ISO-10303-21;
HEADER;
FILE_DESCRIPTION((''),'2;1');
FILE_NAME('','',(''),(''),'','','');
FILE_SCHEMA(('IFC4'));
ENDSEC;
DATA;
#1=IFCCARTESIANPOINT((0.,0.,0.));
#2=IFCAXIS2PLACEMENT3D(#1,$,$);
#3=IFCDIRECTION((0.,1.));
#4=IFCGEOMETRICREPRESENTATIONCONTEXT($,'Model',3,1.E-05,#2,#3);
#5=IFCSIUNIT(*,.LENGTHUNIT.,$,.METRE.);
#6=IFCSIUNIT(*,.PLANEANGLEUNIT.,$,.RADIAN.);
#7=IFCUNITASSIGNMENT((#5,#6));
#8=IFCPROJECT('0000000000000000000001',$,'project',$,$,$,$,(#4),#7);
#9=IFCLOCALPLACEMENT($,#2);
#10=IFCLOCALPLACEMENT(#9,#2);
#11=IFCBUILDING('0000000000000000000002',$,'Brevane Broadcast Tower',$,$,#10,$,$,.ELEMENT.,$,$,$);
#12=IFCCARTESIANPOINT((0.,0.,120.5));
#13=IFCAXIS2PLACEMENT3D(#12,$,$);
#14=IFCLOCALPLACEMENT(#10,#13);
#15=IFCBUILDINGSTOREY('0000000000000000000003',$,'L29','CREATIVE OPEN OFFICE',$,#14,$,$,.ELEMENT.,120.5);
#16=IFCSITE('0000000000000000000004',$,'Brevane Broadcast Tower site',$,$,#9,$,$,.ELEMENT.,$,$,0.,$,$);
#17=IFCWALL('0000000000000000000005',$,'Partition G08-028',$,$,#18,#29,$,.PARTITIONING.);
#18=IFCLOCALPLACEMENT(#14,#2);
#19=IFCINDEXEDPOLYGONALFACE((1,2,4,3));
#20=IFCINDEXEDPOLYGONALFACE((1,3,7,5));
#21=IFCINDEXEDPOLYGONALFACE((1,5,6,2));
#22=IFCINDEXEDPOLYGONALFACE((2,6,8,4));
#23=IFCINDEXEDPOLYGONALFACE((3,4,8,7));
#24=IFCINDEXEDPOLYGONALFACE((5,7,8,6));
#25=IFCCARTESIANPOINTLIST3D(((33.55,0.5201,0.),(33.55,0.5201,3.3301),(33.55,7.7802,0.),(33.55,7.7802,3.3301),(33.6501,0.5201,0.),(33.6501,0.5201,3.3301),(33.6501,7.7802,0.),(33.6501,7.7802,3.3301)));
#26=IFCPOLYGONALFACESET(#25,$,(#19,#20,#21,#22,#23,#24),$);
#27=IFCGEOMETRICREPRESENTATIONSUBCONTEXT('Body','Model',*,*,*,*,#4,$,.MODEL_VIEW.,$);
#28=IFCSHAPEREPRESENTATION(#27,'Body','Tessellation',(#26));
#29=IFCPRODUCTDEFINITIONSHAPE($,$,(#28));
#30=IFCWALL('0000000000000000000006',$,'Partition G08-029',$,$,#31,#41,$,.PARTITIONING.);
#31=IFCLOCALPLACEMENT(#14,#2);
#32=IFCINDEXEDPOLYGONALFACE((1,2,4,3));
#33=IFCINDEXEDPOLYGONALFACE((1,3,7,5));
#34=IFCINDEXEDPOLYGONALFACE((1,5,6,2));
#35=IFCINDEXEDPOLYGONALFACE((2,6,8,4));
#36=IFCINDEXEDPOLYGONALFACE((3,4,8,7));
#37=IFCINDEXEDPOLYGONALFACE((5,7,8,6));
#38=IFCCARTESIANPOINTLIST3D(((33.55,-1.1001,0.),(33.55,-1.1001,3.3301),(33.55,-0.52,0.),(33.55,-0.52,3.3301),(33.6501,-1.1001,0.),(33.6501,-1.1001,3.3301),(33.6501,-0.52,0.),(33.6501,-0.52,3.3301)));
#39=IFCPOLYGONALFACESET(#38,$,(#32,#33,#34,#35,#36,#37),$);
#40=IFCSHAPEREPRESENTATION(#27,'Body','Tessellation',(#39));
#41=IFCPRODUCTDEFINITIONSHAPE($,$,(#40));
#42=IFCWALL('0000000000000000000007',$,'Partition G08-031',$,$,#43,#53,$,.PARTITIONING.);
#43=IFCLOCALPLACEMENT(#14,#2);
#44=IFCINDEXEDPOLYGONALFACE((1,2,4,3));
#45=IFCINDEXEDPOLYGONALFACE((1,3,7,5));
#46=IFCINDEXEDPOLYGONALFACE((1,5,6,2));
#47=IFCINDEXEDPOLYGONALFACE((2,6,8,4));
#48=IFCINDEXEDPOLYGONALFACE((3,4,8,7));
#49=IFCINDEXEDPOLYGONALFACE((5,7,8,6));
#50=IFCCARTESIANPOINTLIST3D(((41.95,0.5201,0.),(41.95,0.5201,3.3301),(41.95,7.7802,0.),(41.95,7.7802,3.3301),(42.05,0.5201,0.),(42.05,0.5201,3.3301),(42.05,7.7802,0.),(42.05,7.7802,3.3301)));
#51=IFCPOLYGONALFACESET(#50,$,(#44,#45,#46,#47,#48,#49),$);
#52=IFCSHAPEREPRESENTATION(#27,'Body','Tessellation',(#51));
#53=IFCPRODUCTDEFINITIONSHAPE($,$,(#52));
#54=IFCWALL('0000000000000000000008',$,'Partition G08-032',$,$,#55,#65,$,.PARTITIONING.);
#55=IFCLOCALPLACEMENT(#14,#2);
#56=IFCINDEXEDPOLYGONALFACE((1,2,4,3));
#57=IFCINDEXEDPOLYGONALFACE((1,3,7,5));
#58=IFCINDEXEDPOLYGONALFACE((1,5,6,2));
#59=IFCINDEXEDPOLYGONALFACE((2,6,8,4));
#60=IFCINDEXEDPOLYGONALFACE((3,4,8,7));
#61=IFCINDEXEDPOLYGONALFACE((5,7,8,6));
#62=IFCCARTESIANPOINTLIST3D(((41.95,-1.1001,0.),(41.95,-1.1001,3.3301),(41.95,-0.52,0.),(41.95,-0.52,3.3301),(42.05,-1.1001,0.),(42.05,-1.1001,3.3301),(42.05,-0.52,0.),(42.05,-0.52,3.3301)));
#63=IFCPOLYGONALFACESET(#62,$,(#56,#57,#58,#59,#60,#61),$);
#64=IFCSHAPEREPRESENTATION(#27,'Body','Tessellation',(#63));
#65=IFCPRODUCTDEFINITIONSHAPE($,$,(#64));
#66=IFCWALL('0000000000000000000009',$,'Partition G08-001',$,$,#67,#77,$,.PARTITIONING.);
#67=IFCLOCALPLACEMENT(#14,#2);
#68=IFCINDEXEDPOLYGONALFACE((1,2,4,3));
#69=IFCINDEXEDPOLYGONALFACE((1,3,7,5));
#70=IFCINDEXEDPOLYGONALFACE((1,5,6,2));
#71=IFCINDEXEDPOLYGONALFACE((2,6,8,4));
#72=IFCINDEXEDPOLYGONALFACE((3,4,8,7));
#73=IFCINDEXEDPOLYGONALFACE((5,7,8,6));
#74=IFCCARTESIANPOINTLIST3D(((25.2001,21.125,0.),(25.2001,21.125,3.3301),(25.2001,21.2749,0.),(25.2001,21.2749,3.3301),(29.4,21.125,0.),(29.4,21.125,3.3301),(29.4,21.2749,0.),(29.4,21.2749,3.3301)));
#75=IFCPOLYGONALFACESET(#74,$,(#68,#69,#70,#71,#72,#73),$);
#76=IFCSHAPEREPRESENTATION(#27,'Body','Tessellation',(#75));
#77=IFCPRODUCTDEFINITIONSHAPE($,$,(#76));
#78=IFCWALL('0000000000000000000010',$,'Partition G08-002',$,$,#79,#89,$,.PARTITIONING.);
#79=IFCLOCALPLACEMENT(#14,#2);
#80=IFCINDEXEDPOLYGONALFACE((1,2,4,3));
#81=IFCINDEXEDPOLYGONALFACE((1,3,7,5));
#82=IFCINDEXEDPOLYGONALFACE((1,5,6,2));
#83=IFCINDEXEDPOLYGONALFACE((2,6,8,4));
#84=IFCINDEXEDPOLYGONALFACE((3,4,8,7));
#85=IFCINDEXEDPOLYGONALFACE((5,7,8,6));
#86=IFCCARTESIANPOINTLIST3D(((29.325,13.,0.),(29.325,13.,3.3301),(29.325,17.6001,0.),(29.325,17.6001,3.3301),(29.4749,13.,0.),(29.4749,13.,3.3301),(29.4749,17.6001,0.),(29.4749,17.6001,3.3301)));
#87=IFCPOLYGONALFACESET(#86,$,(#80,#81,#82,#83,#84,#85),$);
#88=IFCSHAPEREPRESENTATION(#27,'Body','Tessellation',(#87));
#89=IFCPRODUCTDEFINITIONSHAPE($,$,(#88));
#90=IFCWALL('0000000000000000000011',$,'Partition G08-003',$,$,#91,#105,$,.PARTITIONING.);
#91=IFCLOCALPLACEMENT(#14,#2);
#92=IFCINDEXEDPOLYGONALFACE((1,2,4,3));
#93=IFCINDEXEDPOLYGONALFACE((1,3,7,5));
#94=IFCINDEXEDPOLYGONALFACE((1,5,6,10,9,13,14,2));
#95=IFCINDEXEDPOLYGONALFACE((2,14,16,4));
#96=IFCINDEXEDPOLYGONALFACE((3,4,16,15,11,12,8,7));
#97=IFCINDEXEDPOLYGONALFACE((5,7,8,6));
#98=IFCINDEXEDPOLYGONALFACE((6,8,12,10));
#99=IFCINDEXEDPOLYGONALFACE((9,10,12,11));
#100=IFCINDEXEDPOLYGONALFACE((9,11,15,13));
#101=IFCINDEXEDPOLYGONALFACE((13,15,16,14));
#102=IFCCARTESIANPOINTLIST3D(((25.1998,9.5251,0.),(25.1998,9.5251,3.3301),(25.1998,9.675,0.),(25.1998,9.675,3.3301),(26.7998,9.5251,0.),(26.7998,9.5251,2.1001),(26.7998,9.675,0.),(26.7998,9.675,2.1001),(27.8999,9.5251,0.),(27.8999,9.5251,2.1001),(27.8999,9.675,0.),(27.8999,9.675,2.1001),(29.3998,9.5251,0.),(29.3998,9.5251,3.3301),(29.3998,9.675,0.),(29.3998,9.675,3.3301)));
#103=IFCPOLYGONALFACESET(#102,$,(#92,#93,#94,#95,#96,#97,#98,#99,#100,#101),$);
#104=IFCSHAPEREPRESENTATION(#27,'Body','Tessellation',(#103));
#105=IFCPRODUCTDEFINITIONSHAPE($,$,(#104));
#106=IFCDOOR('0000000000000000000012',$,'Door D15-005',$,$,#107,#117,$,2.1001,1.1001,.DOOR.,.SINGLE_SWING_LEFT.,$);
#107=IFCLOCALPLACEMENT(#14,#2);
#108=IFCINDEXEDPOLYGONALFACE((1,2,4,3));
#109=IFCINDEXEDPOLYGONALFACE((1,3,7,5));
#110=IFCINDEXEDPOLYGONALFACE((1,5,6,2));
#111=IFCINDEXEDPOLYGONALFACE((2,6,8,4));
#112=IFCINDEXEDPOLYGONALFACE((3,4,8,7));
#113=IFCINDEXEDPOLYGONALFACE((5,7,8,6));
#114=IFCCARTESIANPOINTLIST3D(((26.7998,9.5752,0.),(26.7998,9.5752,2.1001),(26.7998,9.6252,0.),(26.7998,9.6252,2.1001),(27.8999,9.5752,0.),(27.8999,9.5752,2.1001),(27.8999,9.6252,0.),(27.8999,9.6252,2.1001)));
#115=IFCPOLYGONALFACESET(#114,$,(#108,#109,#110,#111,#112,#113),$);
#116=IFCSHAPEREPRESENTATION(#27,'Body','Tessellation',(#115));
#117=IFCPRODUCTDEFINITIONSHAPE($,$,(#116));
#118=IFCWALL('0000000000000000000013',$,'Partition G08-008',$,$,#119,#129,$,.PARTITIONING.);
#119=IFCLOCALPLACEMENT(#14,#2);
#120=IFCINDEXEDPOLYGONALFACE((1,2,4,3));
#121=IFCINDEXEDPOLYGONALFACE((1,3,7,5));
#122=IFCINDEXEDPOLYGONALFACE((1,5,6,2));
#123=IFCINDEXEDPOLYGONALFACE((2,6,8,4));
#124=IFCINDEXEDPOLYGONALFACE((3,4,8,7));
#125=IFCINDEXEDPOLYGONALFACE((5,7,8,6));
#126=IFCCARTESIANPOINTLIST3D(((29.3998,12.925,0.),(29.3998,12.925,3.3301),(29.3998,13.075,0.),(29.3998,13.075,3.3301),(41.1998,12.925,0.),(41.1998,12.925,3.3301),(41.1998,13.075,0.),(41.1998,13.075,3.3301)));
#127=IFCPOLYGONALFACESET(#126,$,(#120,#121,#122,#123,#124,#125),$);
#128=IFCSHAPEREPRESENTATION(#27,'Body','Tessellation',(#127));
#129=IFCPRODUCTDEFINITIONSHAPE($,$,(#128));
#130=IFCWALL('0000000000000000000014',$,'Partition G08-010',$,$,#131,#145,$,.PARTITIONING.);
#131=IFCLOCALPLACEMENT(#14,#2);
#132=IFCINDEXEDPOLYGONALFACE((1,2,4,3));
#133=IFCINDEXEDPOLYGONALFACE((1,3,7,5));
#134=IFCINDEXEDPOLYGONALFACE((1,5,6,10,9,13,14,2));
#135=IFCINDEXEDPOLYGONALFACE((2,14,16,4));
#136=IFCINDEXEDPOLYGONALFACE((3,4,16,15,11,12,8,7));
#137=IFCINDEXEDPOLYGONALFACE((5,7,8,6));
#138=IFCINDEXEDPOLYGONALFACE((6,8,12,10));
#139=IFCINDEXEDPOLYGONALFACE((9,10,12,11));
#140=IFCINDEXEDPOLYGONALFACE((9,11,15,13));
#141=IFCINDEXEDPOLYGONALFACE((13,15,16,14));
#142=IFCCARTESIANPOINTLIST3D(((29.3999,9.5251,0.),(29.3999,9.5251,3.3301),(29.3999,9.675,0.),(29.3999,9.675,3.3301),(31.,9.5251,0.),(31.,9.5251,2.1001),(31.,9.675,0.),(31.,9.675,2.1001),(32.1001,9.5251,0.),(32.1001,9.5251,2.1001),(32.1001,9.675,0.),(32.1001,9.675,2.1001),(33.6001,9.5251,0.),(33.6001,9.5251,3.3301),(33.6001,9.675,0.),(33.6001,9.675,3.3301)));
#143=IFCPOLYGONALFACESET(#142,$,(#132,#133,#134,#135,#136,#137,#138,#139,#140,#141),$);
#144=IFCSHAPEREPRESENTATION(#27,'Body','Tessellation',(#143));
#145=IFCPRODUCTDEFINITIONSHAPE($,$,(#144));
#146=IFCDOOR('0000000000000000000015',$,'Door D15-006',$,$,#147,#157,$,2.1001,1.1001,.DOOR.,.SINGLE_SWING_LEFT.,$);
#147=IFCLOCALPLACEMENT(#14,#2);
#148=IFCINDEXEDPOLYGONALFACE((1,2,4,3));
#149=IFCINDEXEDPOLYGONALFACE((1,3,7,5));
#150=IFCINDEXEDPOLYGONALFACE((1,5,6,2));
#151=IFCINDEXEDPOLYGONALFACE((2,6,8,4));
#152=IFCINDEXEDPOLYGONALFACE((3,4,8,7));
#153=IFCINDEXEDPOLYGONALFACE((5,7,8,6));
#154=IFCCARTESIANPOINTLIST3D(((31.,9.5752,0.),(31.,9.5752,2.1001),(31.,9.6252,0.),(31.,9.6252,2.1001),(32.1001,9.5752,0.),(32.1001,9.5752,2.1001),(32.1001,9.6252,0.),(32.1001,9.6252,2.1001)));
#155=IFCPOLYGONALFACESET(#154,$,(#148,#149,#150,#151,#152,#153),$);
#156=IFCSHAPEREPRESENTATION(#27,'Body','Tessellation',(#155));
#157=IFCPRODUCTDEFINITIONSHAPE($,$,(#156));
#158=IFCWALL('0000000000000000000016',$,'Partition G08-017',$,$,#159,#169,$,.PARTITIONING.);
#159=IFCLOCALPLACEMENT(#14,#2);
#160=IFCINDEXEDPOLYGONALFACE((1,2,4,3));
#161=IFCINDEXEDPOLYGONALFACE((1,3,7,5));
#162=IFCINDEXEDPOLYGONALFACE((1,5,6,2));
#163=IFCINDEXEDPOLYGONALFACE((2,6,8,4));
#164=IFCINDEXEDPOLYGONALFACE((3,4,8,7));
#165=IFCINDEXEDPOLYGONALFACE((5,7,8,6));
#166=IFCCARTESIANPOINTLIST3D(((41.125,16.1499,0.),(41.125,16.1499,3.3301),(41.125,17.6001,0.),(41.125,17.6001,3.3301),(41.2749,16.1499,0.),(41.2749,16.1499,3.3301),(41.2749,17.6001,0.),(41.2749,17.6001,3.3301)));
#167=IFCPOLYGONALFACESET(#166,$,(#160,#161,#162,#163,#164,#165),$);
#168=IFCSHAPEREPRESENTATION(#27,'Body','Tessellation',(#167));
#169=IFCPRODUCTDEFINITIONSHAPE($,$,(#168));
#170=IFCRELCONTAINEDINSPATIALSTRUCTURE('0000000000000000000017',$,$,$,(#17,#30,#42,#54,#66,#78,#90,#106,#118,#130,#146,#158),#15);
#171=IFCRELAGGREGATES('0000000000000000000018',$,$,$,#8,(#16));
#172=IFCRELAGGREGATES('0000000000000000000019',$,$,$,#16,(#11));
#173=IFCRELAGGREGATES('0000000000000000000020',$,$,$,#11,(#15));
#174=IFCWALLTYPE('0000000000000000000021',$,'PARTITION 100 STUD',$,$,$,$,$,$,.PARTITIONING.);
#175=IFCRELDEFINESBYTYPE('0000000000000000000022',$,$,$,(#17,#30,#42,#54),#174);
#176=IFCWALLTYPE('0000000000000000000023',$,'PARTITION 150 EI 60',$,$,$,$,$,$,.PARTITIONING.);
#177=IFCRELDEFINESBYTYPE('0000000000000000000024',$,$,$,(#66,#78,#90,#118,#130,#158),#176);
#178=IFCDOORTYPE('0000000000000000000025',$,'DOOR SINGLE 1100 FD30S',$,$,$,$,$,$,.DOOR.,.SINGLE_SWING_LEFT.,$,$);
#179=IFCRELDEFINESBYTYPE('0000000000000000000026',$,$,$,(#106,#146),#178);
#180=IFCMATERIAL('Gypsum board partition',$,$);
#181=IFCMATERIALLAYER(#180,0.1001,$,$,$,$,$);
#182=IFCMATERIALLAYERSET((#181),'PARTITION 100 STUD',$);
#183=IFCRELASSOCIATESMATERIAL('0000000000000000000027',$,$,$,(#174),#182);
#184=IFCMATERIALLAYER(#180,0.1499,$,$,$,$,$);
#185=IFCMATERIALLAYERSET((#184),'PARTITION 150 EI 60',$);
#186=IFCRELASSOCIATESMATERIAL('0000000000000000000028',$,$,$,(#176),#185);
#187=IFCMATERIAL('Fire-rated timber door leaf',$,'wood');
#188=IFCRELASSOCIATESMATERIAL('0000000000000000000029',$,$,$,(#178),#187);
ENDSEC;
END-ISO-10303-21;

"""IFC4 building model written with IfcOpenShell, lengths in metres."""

from ifc_helpers import new_model, si_unit, direction, frame, frame_2d, origin, place, context, subcontext, project, spatial, rectangle, extrude, material, layer, layer_set, type_object, element, fill, save


model = new_model("IFC4")

# Units and contexts
model_context = context("Model", 3, precision=1e-05, world=origin(), true_north=direction((0.0, 1.0)))
body_context = subcontext(model_context, "Body", "Model", "MODEL_VIEW")
ifc_project = project(units=[si_unit("LENGTHUNIT", "METRE"), si_unit("PLANEANGLEUNIT", "RADIAN")], contexts=[model_context])

# Site, building, storey
site_placement = place(None, origin())
site = spatial("IfcSite", under=ifc_project, at=site_placement, Name="Brevane Broadcast Tower site", CompositionType="ELEMENT", RefElevation=0.0)
building_placement = place(site_placement, origin())
building = spatial("IfcBuilding", under=site, at=building_placement, Name="Brevane Broadcast Tower", CompositionType="ELEMENT")
storey_placement = place(building_placement, frame((0.0, 0.0, 120.5)))
storey = spatial("IfcBuildingStorey", under=building, at=storey_placement, Name="L29", Description="CREATIVE OPEN OFFICE", CompositionType="ELEMENT", Elevation=120.5)

# Walls
ifc_material_1 = material(Name="Gypsum board partition")
ifc_layer_1 = layer(ifc_material_1, 0.1001)
ifc_layer_set_1 = layer_set([ifc_layer_1], Name="PARTITION 100 STUD")
wall_type_1 = type_object("IfcWallType", Name="PARTITION 100 STUD", PredefinedType="PARTITIONING", material=ifc_layer_set_1)
wall_1_placement = place(storey_placement, frame((33.6001, 7.78, 0.0), z_axis=(0.0, 0.0, 1.0), x_axis=(0.0, -1.0, 0.0)))
element("IfcWall", 1, at=wall_1_placement, inside=storey, type_object=wall_type_1, Name="Partition G08-028", PredefinedType="PARTITIONING", context=body_context, shape_type="SweptSolid", body=[
    extrude(rectangle(XDim=7.26, YDim=0.1001, at=frame_2d((3.6299, 0.0))), origin(), (0.0, 0.0, 1.0), 3.3301),
])
wall_2_placement = place(storey_placement, frame((33.6001, -0.52, 0.0), z_axis=(0.0, 0.0, 1.0), x_axis=(0.0, -1.0, 0.0)))
element("IfcWall", 2, at=wall_2_placement, inside=storey, type_object=wall_type_1, Name="Partition G08-029", PredefinedType="PARTITIONING", context=body_context, shape_type="SweptSolid", body=[
    extrude(rectangle(XDim=0.5801, YDim=0.1001, at=frame_2d((0.29, 0.0))), origin(), (0.0, 0.0, 1.0), 3.3301),
])
wall_3_placement = place(storey_placement, frame((42.0, 7.78, 0.0), z_axis=(0.0, 0.0, 1.0), x_axis=(0.0, -1.0, 0.0)))
element("IfcWall", 3, at=wall_3_placement, inside=storey, type_object=wall_type_1, Name="Partition G08-031", PredefinedType="PARTITIONING", context=body_context, shape_type="SweptSolid", body=[
    extrude(rectangle(XDim=7.26, YDim=0.1001, at=frame_2d((3.6299, 0.0))), origin(), (0.0, 0.0, 1.0), 3.3301),
])
wall_4_placement = place(storey_placement, frame((42.0, -0.52, 0.0), z_axis=(0.0, 0.0, 1.0), x_axis=(0.0, -1.0, 0.0)))
element("IfcWall", 4, at=wall_4_placement, inside=storey, type_object=wall_type_1, Name="Partition G08-032", PredefinedType="PARTITIONING", context=body_context, shape_type="SweptSolid", body=[
    extrude(rectangle(XDim=0.5801, YDim=0.1001, at=frame_2d((0.29, 0.0))), origin(), (0.0, 0.0, 1.0), 3.3301),
])
ifc_layer_2 = layer(ifc_material_1, 0.1499)
ifc_layer_set_2 = layer_set([ifc_layer_2], Name="PARTITION 150 EI 60")
wall_type_2 = type_object("IfcWallType", Name="PARTITION 150 EI 60", PredefinedType="PARTITIONING", material=ifc_layer_set_2)
wall_5_placement = place(storey_placement, frame((25.2, 21.2, 0.0), z_axis=(0.0, 0.0, 1.0), x_axis=(1.0, 0.0, 0.0)))
element("IfcWall", 5, at=wall_5_placement, inside=storey, type_object=wall_type_2, Name="Partition G08-001", PredefinedType="PARTITIONING", context=body_context, shape_type="SweptSolid", body=[
    extrude(rectangle(XDim=4.2, YDim=0.1499, at=frame_2d((2.1001, 0.0))), origin(), (0.0, 0.0, 1.0), 3.3301),
])
wall_6_placement = place(storey_placement, frame((29.3999, 17.6001, 0.0), z_axis=(0.0, 0.0, 1.0), x_axis=(0.0, -1.0, 0.0)))
element("IfcWall", 6, at=wall_6_placement, inside=storey, type_object=wall_type_2, Name="Partition G08-002", PredefinedType="PARTITIONING", context=body_context, shape_type="SweptSolid", body=[
    extrude(rectangle(XDim=4.6001, YDim=0.1499, at=frame_2d((2.3, 0.0))), origin(), (0.0, 0.0, 1.0), 3.3301),
])

# Wall, opening, door
wall_7_placement = place(storey_placement, frame((29.3999, 9.6001, 0.0), z_axis=(0.0, 0.0, 1.0), x_axis=(-1.0, 0.0, 0.0)))
wall_7 = element("IfcWall", 7, at=wall_7_placement, inside=storey, type_object=wall_type_2, Name="Partition G08-003", PredefinedType="PARTITIONING", context=body_context, shape_type="SweptSolid", body=[
    extrude(rectangle(XDim=4.2, YDim=0.1499, at=frame_2d((2.1001, 0.0))), origin(), (0.0, 0.0, 1.0), 3.3301),
])
opening_1_placement = place(wall_7_placement, frame((1.5, 0.0, 0.0)))
opening_1 = element("IfcOpeningElement", 8, at=opening_1_placement, cuts=wall_7, PredefinedType="OPENING", context=body_context, shape_type="SweptSolid", body=[
    extrude(rectangle(XDim=1.1001, YDim=2.1001, at=frame_2d((0.55, 1.05))), frame((0.0, 0.085, 0.0), z_axis=(0.0, -1.0, 0.0), x_axis=(1.0, 0.0, 0.0)), (0.0, 0.0, 1.0), 0.1699),
])
ifc_material_2 = material(Name="Fire-rated timber door leaf", Category="wood")
door_type_1 = type_object("IfcDoorType", Name="DOOR SINGLE 1100 FD30S", OperationType="SINGLE_SWING_LEFT", PredefinedType="DOOR", material=ifc_material_2)
door_1_placement = place(opening_1_placement, origin())
door_1 = element("IfcDoor", 9, at=door_1_placement, inside=storey, type_object=door_type_1, Name="Door D15-005", OperationType="SINGLE_SWING_LEFT", OverallHeight=2.1001, OverallWidth=1.1001, PredefinedType="DOOR", context=body_context, shape_type="SweptSolid", body=[
    extrude(rectangle(XDim=1.1001, YDim=2.1001, at=frame_2d((0.55, 1.05))), frame((0.0, 0.0249, 0.0), z_axis=(0.0, -1.0, 0.0), x_axis=(1.0, 0.0, 0.0)), (0.0, 0.0, 1.0), 0.05),
])
fill(opening_1, door_1)

# Wall
wall_8_placement = place(storey_placement, frame((29.3999, 13.0, 0.0), z_axis=(0.0, 0.0, 1.0), x_axis=(1.0, 0.0, 0.0)))
element("IfcWall", 10, at=wall_8_placement, inside=storey, type_object=wall_type_2, Name="Partition G08-008", PredefinedType="PARTITIONING", context=body_context, shape_type="SweptSolid", body=[
    extrude(rectangle(XDim=11.8, YDim=0.1499, at=frame_2d((5.8999, 0.0))), origin(), (0.0, 0.0, 1.0), 3.3301),
])

# Wall, opening, door
wall_9_placement = place(storey_placement, frame((33.6001, 9.6001, 0.0), z_axis=(0.0, 0.0, 1.0), x_axis=(-1.0, 0.0, 0.0)))
wall_9 = element("IfcWall", 11, at=wall_9_placement, inside=storey, type_object=wall_type_2, Name="Partition G08-010", PredefinedType="PARTITIONING", context=body_context, shape_type="SweptSolid", body=[
    extrude(rectangle(XDim=4.2002, YDim=0.1499, at=frame_2d((2.1001, 0.0))), origin(), (0.0, 0.0, 1.0), 3.3301),
])
opening_2_placement = place(wall_9_placement, frame((1.5, 0.0, 0.0)))
opening_2 = element("IfcOpeningElement", 12, at=opening_2_placement, cuts=wall_9, PredefinedType="OPENING", context=body_context, shape_type="SweptSolid", body=[
    extrude(rectangle(XDim=1.1001, YDim=2.1001, at=frame_2d((0.55, 1.05))), frame((0.0, 0.085, 0.0), z_axis=(0.0, -1.0, 0.0), x_axis=(1.0, 0.0, 0.0)), (0.0, 0.0, 1.0), 0.1699),
])
door_2_placement = place(opening_2_placement, origin())
door_2 = element("IfcDoor", 13, at=door_2_placement, inside=storey, type_object=door_type_1, Name="Door D15-006", OperationType="SINGLE_SWING_LEFT", OverallHeight=2.1001, OverallWidth=1.1001, PredefinedType="DOOR", context=body_context, shape_type="SweptSolid", body=[
    extrude(rectangle(XDim=1.1001, YDim=2.1001, at=frame_2d((0.55, 1.05))), frame((0.0, 0.0249, 0.0), z_axis=(0.0, -1.0, 0.0), x_axis=(1.0, 0.0, 0.0)), (0.0, 0.0, 1.0), 0.05),
])
fill(opening_2, door_2)

# Wall
wall_10_placement = place(storey_placement, frame((41.2, 16.1499, 0.0), z_axis=(0.0, 0.0, 1.0), x_axis=(0.0, 1.0, 0.0)))
element("IfcWall", 14, at=wall_10_placement, inside=storey, type_object=wall_type_2, Name="Partition G08-017", PredefinedType="PARTITIONING", context=body_context, shape_type="SweptSolid", body=[
    extrude(rectangle(XDim=1.4502, YDim=0.1499, at=frame_2d((0.7251, 0.0))), origin(), (0.0, 0.0, 1.0), 3.3301),
])

save(model, "model.ifc")
